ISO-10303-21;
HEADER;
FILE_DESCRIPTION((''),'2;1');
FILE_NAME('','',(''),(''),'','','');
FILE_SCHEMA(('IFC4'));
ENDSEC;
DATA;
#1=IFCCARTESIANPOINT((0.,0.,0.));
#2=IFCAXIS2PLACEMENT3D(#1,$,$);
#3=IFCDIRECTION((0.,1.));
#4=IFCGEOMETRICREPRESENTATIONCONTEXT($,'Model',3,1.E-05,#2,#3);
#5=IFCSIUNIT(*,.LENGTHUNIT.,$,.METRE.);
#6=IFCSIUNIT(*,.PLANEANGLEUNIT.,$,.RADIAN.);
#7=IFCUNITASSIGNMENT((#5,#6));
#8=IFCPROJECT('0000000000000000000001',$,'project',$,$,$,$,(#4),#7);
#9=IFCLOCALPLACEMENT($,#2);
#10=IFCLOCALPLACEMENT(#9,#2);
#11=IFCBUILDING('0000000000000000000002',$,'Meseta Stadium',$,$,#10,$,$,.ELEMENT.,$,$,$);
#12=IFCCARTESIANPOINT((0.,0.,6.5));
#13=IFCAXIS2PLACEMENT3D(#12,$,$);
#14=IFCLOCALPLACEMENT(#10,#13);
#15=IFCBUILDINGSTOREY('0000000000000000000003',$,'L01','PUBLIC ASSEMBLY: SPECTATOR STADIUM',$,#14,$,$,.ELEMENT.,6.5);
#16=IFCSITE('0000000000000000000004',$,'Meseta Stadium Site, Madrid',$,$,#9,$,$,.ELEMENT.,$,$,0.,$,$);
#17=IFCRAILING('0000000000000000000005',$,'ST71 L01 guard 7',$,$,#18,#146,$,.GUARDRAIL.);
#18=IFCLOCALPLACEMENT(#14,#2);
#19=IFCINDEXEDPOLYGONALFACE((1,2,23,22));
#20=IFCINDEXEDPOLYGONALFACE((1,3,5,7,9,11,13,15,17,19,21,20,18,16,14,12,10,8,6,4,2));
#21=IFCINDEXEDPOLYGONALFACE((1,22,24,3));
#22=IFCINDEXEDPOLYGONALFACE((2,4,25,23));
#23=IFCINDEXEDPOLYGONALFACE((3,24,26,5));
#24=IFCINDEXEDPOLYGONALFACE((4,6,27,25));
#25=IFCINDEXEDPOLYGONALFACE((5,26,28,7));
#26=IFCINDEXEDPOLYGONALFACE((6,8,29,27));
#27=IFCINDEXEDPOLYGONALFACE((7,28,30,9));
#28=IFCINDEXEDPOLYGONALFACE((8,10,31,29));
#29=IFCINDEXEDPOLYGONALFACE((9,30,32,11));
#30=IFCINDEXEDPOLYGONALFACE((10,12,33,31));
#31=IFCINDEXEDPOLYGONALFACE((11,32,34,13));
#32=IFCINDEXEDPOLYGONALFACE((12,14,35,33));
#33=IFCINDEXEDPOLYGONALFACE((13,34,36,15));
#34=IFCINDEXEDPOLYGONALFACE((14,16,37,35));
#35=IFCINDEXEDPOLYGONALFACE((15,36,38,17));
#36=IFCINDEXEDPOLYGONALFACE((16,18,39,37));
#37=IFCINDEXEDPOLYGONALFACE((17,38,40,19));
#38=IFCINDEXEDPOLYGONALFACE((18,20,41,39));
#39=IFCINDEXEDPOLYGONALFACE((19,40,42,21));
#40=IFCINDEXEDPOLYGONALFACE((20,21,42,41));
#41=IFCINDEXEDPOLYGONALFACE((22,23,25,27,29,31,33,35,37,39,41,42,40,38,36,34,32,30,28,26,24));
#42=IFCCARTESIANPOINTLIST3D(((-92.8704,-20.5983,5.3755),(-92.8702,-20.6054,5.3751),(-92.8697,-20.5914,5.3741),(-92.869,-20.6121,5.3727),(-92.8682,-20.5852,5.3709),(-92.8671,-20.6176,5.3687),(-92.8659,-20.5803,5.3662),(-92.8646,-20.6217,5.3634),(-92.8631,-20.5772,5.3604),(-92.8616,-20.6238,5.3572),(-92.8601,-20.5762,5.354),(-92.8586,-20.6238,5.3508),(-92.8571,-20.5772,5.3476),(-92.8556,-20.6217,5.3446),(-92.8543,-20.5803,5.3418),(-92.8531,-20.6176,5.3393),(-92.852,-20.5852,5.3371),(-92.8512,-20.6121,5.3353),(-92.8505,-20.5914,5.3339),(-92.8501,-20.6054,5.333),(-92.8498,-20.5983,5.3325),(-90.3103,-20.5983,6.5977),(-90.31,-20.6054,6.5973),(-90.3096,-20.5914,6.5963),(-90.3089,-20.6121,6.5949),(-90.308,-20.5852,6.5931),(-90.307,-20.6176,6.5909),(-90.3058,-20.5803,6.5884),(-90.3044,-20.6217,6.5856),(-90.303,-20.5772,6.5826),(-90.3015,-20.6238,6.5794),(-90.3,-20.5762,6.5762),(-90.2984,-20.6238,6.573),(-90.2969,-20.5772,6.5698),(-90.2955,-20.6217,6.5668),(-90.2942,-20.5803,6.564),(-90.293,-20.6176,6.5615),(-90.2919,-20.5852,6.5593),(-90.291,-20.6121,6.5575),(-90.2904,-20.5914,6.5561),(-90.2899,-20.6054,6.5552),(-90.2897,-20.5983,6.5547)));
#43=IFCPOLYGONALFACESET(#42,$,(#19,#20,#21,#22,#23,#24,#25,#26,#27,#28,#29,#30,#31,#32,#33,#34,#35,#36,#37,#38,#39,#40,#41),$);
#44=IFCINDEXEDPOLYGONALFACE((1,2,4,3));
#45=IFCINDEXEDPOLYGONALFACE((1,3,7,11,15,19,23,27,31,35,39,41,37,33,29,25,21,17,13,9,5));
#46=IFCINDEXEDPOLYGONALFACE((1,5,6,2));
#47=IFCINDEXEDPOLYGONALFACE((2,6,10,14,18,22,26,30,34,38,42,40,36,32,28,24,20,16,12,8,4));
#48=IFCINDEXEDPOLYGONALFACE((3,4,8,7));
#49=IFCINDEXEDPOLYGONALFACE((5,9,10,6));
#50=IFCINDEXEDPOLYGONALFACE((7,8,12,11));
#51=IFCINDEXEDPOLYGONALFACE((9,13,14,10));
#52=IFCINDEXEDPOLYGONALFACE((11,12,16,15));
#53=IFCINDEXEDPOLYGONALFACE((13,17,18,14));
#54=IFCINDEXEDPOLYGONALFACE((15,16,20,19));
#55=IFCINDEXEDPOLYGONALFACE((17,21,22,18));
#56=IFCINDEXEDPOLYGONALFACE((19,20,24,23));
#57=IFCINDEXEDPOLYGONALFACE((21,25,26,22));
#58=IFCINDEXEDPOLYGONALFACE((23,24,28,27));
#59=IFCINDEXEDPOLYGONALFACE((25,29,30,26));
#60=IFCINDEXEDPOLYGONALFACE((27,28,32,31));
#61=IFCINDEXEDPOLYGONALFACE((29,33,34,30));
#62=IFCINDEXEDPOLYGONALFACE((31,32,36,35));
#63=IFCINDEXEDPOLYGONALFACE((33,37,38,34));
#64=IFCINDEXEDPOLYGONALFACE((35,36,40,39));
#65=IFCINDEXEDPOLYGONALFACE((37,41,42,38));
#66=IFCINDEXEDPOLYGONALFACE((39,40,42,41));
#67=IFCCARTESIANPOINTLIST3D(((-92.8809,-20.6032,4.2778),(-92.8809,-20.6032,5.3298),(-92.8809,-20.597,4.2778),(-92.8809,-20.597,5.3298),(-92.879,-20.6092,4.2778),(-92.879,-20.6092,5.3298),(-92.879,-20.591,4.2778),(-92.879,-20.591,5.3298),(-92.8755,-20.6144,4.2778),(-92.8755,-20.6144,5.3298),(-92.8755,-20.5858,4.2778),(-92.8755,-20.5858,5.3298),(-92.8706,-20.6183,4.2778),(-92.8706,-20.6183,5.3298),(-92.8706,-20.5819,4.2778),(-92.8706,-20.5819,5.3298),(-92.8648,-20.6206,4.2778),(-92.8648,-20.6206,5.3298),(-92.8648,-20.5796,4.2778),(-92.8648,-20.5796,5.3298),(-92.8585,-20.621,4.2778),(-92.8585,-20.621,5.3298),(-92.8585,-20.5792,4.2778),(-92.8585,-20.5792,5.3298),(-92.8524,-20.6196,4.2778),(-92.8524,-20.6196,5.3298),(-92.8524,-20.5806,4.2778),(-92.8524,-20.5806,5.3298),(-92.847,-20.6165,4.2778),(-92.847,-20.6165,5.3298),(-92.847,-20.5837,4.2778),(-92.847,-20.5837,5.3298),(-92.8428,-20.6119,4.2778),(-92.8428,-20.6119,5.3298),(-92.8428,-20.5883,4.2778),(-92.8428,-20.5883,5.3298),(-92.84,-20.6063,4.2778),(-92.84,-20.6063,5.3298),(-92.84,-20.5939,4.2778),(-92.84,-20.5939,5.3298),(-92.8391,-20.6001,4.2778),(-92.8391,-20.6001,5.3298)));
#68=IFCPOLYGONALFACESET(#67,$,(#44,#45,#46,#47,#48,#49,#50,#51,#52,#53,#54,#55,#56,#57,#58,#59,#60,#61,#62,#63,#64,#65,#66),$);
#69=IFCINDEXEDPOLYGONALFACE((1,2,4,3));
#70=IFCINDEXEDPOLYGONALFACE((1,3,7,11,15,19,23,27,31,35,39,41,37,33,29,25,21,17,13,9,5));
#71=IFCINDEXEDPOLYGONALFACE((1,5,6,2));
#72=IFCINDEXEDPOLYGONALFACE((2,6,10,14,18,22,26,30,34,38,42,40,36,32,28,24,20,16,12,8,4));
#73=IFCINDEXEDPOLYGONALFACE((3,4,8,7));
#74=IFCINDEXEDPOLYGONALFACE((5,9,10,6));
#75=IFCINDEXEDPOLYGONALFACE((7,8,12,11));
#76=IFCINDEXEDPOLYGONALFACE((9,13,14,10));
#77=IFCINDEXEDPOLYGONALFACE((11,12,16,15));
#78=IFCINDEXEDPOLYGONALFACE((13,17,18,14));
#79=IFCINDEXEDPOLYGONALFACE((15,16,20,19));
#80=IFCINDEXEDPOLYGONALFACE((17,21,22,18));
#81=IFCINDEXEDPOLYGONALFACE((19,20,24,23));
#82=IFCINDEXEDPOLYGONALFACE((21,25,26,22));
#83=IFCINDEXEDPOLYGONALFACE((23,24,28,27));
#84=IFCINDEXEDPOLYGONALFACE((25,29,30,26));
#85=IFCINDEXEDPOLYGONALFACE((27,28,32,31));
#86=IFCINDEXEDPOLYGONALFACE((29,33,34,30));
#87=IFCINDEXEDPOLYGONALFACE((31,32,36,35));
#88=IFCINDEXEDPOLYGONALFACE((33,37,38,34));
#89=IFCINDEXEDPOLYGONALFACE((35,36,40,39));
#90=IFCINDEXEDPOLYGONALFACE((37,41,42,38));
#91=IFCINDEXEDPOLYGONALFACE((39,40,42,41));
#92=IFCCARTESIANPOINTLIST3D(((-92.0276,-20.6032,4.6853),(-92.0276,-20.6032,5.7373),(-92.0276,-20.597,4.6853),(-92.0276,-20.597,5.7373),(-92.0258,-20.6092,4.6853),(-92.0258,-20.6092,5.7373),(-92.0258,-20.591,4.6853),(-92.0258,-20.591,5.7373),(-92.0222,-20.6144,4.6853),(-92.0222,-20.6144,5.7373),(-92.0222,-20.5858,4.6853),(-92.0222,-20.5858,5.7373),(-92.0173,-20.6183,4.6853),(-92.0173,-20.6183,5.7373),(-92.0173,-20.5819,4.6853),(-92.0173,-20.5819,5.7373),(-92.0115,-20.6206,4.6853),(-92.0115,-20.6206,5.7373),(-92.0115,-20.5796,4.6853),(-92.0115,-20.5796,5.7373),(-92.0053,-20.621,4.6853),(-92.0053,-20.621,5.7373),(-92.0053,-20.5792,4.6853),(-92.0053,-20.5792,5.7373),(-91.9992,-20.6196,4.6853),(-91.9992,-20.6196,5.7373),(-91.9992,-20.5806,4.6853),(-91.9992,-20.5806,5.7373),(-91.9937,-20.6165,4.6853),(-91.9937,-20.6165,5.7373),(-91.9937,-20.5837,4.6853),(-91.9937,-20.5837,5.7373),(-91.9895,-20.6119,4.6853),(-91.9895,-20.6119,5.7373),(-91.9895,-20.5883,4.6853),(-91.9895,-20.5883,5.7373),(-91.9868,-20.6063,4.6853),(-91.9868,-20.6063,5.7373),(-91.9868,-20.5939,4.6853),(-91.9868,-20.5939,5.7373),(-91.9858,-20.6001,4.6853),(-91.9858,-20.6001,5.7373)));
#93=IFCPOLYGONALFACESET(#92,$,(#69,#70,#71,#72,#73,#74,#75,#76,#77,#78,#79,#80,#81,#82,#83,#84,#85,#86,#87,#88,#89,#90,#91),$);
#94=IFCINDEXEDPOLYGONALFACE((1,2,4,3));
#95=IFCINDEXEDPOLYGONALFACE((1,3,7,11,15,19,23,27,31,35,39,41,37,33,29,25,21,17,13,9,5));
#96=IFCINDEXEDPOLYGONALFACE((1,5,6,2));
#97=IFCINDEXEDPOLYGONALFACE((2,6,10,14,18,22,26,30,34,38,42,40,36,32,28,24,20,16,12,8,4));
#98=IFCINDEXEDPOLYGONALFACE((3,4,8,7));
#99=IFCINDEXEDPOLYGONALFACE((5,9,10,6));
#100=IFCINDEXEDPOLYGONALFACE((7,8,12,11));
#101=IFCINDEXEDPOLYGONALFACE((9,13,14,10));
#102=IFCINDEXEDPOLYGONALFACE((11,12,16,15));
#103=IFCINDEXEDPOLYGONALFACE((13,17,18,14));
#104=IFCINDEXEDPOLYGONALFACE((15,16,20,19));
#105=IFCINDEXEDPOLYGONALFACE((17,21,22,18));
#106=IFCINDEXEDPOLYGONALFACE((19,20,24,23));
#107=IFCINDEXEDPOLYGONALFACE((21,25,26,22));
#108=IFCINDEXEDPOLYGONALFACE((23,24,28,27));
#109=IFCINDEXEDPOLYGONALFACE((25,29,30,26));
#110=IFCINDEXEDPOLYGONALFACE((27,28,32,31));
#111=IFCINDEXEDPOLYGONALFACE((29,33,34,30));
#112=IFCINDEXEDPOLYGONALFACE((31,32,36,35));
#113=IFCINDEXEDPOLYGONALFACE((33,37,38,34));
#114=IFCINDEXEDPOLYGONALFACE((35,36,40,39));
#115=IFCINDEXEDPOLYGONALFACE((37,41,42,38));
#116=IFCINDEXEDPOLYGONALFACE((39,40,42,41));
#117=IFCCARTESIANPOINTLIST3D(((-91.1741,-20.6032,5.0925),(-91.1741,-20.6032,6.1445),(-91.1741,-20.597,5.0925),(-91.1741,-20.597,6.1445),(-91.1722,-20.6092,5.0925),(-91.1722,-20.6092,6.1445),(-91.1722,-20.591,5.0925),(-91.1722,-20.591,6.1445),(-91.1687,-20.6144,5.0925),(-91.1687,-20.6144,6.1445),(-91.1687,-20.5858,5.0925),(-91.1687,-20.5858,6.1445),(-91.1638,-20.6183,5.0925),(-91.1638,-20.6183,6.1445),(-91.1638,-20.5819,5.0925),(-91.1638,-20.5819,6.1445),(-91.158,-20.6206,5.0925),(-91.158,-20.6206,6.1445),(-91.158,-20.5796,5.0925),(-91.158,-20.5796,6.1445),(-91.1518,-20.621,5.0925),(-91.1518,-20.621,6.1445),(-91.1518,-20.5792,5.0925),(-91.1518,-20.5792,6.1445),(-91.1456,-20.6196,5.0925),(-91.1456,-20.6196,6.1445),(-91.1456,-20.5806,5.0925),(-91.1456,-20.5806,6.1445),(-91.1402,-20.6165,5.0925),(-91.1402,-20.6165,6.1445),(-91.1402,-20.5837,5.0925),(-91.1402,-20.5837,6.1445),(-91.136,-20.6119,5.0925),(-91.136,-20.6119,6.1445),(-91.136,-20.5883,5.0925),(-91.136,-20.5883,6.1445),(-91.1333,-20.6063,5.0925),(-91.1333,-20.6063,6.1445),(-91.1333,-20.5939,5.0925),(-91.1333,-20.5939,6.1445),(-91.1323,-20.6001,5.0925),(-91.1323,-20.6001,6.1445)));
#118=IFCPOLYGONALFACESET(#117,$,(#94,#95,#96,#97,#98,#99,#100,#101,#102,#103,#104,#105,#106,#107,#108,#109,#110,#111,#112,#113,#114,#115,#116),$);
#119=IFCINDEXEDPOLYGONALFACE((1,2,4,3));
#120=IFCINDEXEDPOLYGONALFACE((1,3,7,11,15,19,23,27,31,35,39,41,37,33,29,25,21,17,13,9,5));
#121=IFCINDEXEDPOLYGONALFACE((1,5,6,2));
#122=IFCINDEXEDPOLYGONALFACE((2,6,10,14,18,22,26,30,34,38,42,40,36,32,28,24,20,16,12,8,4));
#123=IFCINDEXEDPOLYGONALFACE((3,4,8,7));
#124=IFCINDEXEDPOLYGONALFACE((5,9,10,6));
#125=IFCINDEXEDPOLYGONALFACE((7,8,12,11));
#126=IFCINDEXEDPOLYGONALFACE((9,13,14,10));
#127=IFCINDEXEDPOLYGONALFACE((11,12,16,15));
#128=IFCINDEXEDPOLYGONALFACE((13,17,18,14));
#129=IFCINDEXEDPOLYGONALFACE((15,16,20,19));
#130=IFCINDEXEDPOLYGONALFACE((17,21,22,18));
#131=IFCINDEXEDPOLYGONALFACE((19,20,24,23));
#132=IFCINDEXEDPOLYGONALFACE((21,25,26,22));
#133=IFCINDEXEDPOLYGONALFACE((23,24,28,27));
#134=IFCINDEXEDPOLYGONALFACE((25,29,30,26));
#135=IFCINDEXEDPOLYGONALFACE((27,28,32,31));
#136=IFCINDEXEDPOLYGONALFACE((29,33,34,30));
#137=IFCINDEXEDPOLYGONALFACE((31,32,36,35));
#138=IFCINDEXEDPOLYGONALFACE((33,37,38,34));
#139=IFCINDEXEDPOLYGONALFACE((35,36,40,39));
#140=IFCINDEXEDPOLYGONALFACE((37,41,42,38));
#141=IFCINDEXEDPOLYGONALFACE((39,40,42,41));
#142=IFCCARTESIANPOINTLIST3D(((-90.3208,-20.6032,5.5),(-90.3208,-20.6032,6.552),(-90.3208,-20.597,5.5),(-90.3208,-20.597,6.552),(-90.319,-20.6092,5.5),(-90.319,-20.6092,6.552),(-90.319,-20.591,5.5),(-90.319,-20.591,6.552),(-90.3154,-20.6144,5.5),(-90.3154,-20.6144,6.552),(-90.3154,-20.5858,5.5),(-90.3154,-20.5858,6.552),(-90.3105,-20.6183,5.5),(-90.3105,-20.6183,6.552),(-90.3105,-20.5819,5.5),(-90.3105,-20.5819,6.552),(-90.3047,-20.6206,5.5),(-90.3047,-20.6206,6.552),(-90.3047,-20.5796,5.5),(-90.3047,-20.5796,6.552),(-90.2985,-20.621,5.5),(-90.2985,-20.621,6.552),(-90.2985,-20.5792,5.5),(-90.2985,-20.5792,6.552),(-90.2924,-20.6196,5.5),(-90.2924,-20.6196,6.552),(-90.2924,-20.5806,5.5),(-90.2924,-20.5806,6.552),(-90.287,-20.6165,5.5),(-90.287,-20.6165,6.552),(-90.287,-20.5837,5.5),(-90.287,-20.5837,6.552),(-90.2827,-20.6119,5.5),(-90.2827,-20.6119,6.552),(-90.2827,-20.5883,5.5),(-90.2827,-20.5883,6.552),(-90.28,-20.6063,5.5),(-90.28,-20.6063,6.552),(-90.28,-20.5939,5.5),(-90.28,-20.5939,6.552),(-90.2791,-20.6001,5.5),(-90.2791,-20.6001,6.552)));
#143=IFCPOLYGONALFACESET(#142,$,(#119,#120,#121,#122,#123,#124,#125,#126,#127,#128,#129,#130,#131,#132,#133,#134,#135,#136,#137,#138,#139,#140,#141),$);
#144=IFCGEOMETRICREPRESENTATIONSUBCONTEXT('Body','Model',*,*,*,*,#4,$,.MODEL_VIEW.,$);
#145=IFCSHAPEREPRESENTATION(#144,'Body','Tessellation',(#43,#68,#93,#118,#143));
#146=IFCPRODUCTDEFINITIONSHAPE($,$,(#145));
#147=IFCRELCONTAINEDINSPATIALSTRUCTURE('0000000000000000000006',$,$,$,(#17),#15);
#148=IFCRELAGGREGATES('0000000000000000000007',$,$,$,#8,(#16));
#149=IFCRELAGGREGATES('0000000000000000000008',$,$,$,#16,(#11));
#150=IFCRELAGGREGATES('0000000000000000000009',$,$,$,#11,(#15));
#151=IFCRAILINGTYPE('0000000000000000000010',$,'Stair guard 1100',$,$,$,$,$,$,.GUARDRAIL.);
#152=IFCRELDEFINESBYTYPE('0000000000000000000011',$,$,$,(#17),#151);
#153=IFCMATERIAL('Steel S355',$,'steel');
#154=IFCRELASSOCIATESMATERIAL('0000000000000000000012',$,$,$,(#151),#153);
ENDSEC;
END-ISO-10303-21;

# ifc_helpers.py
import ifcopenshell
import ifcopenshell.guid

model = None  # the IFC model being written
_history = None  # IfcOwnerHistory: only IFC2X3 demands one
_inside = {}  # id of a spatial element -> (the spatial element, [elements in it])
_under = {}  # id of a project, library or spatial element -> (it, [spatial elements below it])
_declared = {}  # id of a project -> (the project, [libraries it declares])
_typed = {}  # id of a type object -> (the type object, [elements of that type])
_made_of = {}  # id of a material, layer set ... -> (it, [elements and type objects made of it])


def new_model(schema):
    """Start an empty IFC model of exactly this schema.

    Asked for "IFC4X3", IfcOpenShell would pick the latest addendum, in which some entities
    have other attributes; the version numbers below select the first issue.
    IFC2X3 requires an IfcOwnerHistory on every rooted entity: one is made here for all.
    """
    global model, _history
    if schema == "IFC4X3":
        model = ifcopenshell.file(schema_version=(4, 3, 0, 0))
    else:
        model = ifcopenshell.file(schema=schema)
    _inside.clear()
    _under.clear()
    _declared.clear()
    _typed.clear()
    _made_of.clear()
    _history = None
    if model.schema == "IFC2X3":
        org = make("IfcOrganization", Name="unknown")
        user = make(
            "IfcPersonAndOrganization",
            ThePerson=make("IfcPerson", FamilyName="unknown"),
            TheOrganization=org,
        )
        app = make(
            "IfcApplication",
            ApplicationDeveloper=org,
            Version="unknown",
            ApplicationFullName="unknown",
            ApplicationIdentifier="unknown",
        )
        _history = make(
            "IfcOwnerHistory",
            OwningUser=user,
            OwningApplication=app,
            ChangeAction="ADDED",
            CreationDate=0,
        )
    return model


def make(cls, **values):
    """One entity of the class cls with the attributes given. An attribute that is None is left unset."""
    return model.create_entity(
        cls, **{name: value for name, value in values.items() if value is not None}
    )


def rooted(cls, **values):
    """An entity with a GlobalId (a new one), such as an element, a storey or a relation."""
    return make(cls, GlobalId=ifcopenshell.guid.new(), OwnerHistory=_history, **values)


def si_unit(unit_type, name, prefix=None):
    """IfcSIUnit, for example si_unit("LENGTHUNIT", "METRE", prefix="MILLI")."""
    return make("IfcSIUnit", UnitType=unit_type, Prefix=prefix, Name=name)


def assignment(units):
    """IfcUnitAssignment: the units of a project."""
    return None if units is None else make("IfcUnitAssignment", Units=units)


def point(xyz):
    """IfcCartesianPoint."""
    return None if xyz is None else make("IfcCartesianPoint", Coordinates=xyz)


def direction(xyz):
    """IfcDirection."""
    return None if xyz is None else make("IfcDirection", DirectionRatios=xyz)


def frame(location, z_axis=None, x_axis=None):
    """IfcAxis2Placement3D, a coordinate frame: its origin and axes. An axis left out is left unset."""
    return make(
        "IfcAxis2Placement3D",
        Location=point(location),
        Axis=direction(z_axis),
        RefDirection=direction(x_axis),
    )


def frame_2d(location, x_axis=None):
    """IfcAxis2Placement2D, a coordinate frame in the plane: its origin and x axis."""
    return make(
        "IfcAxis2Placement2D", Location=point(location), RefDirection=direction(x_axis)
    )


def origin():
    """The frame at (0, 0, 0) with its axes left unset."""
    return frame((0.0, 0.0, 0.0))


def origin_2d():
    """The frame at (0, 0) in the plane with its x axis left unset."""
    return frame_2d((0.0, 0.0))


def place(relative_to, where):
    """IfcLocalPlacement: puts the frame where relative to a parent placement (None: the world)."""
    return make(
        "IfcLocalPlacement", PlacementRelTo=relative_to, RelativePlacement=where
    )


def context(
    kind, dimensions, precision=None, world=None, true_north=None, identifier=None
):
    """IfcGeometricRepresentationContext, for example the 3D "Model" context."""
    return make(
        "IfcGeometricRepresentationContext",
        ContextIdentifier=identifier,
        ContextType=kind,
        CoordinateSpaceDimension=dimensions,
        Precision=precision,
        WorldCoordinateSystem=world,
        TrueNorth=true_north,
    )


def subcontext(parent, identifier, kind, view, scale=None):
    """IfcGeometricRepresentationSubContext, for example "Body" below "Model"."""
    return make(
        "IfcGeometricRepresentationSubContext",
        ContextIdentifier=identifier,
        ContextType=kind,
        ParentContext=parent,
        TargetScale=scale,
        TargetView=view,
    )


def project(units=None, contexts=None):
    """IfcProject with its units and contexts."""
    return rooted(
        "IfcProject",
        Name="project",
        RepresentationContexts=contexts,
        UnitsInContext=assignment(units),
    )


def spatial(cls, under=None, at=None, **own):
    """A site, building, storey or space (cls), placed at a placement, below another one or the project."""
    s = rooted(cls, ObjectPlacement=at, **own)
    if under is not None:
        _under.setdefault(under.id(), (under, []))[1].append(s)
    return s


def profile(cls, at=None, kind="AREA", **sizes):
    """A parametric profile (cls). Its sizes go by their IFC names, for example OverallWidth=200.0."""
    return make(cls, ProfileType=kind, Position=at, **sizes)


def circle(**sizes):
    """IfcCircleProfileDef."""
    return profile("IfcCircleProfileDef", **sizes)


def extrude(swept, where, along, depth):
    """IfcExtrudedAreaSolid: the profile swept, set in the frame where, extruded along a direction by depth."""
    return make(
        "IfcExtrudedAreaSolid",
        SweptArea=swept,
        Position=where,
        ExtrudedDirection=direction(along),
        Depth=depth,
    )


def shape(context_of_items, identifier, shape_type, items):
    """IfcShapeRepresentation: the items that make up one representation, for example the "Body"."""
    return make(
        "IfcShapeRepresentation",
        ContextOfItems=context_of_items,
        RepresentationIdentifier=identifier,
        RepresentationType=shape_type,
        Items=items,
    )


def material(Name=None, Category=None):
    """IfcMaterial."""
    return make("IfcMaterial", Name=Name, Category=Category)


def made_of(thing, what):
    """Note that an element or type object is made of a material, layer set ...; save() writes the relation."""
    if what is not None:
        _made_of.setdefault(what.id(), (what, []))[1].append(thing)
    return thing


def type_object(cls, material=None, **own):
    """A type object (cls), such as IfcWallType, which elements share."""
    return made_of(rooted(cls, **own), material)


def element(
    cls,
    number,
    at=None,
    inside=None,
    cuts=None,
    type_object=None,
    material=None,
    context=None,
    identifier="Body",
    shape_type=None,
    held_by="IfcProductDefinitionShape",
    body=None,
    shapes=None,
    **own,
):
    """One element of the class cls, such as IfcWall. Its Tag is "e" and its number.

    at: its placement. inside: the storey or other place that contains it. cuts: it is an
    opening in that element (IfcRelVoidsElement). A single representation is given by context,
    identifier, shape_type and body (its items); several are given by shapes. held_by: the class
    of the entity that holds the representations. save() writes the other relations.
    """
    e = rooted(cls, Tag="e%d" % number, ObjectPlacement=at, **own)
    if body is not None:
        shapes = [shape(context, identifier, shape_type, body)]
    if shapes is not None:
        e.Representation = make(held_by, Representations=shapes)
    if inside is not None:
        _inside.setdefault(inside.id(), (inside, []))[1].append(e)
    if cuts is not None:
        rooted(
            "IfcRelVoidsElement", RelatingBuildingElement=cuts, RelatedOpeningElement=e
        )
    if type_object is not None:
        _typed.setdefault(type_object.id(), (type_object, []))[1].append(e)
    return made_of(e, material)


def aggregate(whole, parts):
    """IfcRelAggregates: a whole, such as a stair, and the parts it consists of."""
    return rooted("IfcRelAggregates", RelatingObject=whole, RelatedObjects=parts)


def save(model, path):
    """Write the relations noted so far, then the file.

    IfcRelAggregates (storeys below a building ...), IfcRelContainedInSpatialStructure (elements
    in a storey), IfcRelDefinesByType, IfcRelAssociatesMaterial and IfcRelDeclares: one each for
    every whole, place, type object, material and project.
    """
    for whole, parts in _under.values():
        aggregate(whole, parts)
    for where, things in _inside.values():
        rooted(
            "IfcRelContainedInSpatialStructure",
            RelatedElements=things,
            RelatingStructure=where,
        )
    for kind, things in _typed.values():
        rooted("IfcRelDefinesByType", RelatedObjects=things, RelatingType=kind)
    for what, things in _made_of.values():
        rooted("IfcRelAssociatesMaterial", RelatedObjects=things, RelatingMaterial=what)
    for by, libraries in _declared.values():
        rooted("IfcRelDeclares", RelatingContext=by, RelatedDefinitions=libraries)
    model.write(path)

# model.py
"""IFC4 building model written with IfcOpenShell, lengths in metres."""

from ifc_helpers import new_model, si_unit, direction, frame, origin, origin_2d, place, context, subcontext, project, spatial, circle, extrude, material, type_object, element, save


model = new_model("IFC4")

# Units and contexts
model_context = context("Model", 3, precision=1e-05, world=origin(), true_north=direction((0.0, 1.0)))
body_context = subcontext(model_context, "Body", "Model", "MODEL_VIEW")
ifc_project = project(units=[si_unit("LENGTHUNIT", "METRE"), si_unit("PLANEANGLEUNIT", "RADIAN")], contexts=[model_context])

# Site, building, storey
site_placement = place(None, origin())
site = spatial("IfcSite", under=ifc_project, at=site_placement, Name="Meseta Stadium Site, Madrid", CompositionType="ELEMENT", RefElevation=0.0)
building_placement = place(site_placement, origin())
building = spatial("IfcBuilding", under=site, at=building_placement, Name="Meseta Stadium", CompositionType="ELEMENT")
storey_placement = place(building_placement, frame((0.0, 0.0, 6.5)))
storey = spatial("IfcBuildingStorey", under=building, at=storey_placement, Name="L01", Description="PUBLIC ASSEMBLY: SPECTATOR STADIUM", CompositionType="ELEMENT", Elevation=6.5)

# Railing
ifc_material_1 = material(Name="Steel S355", Category="steel")
railing_type_1 = type_object("IfcRailingType", Name="Stair guard 1100", PredefinedType="GUARDRAIL", material=ifc_material_1)
railing_1_placement = place(storey_placement, frame((-92.8601, -20.6001, 4.2778)))
element("IfcRailing", 1, at=railing_1_placement, inside=storey, type_object=railing_type_1, Name="ST71 L01 guard 7", PredefinedType="GUARDRAIL", context=body_context, shape_type="SweptSolid", body=[
    extrude(circle(Radius=0.0239, at=origin_2d()), frame((0.0, 0.0, 1.0762), z_axis=(0.902437, 0.0, 0.430822), x_axis=(0.0, 1.0, 0.0)), (0.0, 0.0, 1.0), 2.8369),
    extrude(circle(Radius=0.021, at=origin_2d()), origin(), (0.0, 0.0, 1.0), 1.052),
    extrude(circle(Radius=0.021, at=origin_2d()), frame((0.8533, 0.0, 0.4075)), (0.0, 0.0, 1.0), 1.052),
    extrude(circle(Radius=0.021, at=origin_2d()), frame((1.7068, 0.0, 0.8147)), (0.0, 0.0, 1.0), 1.052),
    extrude(circle(Radius=0.021, at=origin_2d()), frame((2.5601, 0.0, 1.2222)), (0.0, 0.0, 1.0), 1.052),
])

save(model, "model.ifc")
